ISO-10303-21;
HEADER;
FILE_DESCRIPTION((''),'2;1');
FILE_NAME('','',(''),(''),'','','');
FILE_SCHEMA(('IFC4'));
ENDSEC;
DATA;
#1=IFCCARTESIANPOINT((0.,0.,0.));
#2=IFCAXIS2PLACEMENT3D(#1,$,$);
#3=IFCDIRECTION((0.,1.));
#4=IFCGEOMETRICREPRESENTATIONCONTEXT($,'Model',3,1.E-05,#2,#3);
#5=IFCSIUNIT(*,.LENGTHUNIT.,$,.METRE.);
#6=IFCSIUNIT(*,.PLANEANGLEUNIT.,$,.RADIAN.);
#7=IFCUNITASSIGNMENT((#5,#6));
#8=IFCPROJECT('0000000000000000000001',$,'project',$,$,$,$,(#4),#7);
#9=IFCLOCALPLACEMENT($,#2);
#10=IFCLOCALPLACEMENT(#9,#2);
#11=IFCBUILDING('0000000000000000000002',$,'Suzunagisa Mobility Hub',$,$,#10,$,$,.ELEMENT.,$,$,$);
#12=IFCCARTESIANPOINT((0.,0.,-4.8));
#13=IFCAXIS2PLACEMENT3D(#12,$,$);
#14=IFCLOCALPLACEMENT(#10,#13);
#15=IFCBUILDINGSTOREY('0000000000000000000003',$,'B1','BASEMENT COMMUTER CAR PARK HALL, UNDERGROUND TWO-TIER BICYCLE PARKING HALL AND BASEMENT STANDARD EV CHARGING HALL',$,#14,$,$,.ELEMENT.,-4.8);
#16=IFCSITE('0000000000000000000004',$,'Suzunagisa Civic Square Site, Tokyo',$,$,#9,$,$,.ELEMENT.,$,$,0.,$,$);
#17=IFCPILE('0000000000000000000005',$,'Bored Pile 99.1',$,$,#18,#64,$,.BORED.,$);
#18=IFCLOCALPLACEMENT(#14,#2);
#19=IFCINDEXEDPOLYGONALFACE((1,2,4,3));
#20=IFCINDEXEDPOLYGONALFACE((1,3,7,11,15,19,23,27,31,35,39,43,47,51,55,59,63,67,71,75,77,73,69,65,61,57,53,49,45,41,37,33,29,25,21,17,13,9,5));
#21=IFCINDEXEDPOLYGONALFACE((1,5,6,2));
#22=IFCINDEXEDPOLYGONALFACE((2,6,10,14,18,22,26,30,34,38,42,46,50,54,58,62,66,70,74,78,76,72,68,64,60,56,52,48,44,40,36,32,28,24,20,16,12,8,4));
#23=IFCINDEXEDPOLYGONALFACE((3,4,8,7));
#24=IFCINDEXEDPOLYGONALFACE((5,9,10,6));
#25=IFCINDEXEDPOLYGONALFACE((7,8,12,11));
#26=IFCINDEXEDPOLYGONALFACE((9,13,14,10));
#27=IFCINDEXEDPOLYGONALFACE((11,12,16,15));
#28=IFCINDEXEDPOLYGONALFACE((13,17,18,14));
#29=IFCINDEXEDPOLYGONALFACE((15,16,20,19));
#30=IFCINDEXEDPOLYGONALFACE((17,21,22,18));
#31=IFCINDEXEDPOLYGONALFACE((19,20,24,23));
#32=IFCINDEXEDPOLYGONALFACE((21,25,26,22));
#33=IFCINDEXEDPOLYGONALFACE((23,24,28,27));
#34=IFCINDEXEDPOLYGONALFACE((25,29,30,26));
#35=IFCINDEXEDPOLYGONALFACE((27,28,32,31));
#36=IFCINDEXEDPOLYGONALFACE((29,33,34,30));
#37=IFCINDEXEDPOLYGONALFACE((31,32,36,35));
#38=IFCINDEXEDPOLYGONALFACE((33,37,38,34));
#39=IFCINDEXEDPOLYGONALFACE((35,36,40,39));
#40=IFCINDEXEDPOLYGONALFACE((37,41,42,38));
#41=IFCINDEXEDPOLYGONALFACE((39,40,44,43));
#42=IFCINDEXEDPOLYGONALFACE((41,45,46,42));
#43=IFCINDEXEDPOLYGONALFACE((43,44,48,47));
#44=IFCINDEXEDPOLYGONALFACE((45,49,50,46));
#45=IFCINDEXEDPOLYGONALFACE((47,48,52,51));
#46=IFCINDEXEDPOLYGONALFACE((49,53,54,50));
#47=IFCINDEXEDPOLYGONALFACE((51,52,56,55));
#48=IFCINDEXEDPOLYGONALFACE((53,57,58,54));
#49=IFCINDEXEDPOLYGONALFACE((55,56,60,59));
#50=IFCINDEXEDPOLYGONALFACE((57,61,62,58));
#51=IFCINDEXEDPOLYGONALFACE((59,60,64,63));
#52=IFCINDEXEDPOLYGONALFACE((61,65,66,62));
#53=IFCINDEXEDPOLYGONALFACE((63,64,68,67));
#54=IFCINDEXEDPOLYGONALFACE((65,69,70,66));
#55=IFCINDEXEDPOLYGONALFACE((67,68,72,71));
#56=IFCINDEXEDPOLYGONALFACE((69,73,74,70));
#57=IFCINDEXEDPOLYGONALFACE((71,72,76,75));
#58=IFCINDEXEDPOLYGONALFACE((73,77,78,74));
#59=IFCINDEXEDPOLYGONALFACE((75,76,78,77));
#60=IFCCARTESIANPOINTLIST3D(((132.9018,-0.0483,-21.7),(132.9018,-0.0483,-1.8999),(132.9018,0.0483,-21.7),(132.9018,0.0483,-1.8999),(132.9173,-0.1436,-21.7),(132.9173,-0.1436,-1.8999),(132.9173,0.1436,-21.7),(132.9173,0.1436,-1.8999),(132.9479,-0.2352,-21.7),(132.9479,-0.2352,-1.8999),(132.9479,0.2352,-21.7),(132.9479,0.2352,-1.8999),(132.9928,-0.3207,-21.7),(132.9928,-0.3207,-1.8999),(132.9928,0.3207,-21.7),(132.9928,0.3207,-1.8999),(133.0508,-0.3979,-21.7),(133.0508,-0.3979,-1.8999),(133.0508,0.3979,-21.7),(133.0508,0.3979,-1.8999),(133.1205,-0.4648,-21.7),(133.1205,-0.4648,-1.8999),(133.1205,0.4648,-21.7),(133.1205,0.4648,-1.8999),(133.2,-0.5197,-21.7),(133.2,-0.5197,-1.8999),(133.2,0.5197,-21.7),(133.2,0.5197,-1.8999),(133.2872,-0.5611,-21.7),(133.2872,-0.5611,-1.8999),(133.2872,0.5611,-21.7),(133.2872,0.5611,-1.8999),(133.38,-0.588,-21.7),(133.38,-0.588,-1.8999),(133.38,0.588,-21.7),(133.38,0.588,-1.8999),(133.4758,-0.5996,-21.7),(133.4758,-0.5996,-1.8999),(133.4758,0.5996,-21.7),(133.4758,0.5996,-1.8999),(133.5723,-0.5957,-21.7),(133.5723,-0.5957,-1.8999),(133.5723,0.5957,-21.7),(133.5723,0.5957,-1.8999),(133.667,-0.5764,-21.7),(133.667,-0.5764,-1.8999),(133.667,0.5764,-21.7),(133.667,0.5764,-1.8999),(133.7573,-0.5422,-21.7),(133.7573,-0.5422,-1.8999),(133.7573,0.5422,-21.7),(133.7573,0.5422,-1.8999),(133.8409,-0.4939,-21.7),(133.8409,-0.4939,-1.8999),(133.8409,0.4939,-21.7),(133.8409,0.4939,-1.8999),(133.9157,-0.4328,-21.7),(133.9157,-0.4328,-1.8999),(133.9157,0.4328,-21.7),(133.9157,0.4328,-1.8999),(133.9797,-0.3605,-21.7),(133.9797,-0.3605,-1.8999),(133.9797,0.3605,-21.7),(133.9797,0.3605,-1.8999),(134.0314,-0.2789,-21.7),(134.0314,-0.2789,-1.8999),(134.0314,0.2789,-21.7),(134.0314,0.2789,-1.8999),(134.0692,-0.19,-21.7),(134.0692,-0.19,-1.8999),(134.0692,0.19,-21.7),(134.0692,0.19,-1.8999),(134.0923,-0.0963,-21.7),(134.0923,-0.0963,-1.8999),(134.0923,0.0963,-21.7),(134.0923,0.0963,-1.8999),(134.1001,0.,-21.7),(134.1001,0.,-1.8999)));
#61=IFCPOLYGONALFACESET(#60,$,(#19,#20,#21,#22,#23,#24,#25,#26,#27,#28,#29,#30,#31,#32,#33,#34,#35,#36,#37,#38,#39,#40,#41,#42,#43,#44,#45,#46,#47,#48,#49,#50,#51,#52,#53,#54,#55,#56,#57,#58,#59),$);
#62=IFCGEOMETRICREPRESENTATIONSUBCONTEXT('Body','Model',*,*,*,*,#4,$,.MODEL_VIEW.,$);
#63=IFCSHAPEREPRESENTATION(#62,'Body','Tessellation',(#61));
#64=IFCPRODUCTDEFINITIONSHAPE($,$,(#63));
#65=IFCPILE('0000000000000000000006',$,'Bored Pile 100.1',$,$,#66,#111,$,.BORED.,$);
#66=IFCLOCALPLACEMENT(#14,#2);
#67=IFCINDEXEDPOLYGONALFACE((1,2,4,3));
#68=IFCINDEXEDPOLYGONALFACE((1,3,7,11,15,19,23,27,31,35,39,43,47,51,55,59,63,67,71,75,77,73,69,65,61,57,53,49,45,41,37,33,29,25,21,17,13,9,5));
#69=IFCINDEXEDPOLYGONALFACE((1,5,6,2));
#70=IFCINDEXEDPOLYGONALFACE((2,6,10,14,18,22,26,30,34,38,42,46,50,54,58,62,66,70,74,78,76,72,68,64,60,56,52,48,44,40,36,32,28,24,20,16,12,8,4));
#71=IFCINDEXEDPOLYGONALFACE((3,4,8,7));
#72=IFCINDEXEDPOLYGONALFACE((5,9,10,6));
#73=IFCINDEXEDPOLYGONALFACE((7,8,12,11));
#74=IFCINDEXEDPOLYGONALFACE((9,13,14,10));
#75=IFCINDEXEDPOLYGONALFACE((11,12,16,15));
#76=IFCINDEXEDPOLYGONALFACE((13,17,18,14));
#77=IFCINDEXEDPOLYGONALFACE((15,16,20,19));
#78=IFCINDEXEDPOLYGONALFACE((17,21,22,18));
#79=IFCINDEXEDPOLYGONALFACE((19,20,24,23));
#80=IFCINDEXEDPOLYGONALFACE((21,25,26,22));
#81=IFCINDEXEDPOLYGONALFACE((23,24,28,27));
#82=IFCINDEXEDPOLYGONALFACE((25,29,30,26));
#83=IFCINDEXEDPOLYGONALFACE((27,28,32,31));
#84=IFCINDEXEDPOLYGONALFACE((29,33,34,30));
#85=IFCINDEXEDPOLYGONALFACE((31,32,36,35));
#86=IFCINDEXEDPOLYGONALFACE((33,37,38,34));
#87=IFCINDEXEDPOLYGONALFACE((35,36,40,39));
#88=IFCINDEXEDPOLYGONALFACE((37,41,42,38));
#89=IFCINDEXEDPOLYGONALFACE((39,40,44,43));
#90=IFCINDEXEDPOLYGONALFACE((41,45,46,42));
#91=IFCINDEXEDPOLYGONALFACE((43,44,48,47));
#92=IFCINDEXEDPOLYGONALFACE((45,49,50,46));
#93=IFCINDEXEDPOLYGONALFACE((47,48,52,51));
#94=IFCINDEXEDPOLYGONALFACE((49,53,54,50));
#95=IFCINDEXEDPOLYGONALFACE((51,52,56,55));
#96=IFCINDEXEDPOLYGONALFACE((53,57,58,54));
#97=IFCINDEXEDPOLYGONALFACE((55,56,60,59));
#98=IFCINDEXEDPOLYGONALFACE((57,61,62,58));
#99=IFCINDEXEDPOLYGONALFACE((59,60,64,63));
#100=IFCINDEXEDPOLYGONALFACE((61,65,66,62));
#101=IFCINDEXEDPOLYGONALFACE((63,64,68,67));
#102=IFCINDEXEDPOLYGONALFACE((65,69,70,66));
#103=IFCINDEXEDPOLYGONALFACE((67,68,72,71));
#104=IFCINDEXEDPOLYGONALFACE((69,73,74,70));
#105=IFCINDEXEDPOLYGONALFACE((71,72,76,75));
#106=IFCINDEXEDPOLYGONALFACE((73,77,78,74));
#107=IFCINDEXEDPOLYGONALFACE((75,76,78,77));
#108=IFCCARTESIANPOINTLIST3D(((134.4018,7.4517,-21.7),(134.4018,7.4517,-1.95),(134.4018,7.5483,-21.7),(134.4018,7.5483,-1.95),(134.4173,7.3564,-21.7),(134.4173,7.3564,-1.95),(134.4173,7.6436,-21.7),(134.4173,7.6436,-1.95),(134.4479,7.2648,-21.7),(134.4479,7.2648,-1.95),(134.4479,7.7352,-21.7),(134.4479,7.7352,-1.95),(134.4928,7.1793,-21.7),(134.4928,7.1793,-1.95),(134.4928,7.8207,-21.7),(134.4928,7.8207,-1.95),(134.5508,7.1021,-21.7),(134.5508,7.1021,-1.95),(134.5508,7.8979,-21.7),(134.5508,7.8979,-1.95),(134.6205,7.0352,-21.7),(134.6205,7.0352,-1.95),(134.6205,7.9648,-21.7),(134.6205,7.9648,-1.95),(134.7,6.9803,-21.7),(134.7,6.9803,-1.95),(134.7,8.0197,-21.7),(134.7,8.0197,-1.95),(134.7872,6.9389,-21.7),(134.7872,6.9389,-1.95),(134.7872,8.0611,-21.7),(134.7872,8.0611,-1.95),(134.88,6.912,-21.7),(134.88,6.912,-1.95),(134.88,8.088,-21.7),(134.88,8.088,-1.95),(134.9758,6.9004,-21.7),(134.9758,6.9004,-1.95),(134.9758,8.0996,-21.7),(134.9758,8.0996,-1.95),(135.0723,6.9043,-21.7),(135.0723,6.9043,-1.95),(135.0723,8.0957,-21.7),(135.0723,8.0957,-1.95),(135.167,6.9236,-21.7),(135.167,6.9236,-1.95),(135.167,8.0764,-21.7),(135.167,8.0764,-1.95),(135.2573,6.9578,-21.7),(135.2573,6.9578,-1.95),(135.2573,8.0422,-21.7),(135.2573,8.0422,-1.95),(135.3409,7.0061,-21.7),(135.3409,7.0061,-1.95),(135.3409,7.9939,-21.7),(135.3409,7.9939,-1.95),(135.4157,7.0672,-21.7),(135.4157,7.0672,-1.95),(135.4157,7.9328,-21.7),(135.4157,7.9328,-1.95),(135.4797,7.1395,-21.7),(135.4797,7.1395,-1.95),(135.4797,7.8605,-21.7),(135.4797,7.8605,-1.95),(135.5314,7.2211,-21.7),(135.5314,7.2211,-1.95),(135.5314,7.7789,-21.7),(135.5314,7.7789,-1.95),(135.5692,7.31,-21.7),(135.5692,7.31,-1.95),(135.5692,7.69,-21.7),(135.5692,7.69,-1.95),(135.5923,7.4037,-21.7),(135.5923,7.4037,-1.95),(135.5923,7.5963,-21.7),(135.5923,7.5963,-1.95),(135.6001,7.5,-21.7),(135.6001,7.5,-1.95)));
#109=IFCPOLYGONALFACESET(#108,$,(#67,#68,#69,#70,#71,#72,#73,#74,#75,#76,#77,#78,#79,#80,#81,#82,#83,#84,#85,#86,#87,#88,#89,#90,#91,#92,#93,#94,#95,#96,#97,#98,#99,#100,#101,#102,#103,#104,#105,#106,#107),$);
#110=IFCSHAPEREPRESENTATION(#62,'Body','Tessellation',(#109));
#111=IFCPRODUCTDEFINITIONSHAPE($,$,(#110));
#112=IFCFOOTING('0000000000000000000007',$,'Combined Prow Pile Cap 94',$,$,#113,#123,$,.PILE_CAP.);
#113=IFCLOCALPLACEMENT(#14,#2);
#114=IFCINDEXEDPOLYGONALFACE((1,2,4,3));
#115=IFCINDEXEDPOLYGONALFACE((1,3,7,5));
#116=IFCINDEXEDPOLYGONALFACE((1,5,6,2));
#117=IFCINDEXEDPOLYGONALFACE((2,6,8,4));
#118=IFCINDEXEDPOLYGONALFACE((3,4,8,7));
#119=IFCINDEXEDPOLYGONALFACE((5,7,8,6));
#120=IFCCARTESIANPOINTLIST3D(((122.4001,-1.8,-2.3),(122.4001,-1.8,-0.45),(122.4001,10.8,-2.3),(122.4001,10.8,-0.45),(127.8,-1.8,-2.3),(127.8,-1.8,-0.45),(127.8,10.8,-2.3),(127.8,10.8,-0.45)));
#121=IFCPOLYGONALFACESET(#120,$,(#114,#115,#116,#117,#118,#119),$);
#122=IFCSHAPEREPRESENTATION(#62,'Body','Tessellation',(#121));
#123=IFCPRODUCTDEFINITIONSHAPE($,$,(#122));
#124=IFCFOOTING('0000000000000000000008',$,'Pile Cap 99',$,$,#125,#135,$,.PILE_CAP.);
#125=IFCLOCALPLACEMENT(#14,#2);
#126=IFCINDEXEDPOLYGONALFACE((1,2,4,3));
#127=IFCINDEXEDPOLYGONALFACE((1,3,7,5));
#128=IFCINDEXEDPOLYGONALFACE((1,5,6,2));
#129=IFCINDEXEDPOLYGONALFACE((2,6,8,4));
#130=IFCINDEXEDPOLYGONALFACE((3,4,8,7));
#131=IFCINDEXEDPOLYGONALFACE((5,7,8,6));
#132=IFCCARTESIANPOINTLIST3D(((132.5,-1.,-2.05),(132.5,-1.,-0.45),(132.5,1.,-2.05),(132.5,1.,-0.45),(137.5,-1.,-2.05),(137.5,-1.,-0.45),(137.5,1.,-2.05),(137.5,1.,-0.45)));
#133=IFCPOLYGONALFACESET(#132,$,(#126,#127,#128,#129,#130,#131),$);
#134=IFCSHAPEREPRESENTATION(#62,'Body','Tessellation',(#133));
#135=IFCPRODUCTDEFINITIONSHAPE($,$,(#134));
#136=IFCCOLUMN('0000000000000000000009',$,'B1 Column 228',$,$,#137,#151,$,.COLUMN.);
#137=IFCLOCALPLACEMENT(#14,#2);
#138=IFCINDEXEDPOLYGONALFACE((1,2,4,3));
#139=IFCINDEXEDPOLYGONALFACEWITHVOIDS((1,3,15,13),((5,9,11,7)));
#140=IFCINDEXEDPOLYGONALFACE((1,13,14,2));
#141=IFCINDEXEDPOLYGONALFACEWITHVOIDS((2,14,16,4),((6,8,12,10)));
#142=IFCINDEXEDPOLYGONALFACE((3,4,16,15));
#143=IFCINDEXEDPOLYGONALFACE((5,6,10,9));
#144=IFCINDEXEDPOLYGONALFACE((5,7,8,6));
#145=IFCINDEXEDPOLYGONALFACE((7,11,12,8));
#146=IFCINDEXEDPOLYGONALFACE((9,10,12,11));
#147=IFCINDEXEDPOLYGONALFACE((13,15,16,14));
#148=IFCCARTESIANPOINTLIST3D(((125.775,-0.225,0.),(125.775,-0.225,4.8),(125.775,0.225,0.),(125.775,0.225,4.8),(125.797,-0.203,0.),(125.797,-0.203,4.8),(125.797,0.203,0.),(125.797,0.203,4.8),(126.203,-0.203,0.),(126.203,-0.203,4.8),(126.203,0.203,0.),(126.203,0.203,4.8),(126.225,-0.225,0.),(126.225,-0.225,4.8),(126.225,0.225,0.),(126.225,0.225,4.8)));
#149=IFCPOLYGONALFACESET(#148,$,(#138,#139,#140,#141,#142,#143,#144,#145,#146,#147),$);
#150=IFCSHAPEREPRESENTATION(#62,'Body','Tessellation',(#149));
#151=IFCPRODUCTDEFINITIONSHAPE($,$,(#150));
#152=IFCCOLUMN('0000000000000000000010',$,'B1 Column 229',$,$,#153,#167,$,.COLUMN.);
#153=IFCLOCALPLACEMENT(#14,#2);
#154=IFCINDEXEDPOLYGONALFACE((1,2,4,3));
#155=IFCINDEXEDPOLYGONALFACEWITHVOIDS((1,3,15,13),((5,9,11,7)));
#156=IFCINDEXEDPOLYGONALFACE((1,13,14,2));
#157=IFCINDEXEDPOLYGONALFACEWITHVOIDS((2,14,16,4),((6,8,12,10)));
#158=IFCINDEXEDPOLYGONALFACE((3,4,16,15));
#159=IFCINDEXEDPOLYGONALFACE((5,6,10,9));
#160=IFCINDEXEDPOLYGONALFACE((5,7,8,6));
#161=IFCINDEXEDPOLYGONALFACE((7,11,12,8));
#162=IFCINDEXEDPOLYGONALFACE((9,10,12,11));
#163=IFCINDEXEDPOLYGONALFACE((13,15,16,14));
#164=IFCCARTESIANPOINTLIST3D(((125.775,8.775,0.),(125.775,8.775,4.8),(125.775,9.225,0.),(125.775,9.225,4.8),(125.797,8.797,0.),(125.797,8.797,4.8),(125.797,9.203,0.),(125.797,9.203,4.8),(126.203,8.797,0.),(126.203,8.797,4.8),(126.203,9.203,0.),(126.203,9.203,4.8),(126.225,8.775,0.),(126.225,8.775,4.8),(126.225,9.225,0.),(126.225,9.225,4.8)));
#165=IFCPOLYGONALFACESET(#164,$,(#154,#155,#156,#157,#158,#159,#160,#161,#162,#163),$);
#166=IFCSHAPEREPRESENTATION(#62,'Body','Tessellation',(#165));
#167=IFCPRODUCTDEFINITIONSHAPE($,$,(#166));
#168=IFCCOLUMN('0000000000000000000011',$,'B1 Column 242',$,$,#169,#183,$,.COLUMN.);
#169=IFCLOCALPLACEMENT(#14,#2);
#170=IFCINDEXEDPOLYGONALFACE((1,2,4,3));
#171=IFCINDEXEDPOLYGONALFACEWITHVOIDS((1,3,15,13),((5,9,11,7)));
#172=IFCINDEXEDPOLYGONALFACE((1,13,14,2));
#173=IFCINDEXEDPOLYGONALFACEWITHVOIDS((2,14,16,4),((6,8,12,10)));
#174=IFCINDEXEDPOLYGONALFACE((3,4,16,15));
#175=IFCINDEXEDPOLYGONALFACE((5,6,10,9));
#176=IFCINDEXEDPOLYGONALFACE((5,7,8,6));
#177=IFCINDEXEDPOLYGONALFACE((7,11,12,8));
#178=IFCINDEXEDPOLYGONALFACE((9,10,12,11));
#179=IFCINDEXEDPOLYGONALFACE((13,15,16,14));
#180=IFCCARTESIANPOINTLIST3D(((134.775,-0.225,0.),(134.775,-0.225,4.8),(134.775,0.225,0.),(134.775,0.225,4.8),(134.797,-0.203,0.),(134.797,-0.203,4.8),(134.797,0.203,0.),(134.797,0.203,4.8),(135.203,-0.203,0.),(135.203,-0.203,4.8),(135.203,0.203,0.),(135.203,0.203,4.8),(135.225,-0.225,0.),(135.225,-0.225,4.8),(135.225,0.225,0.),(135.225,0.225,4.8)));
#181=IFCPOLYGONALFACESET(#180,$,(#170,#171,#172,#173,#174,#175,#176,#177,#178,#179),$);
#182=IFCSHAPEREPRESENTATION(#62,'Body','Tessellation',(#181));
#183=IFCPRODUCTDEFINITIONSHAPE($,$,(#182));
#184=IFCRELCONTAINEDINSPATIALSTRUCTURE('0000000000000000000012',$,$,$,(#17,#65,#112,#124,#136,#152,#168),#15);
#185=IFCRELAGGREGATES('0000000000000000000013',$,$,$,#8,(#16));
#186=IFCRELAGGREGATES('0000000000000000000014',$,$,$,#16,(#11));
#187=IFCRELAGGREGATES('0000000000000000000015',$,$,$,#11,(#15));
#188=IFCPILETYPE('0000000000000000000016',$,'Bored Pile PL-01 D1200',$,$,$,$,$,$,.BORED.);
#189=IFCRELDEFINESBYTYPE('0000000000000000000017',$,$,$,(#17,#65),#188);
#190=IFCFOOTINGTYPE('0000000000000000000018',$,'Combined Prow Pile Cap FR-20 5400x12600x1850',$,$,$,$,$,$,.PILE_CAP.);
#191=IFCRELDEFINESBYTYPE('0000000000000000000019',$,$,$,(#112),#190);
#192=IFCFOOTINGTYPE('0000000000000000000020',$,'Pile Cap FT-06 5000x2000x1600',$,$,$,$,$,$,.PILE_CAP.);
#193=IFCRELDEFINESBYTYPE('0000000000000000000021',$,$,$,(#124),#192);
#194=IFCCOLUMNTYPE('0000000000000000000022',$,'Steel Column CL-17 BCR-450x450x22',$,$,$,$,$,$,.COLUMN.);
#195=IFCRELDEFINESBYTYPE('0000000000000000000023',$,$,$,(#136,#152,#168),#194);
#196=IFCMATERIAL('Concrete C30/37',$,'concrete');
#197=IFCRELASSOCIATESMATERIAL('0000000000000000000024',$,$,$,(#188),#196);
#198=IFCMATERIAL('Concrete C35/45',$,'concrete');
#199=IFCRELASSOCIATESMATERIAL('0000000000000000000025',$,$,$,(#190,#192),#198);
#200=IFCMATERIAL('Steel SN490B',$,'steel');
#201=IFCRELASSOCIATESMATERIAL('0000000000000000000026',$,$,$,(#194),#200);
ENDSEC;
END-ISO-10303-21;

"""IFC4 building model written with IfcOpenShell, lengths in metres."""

from ifc_helpers import new_model, si_unit, direction, frame, origin, origin_2d, place, context, subcontext, project, spatial, rectangle, hollow_rectangle, circle, extrude, material, material_profile, profile_set, type_object, element, save


model = new_model("IFC4")

# Units and contexts
model_context = context("Model", 3, precision=1e-05, world=origin(), true_north=direction((0.0, 1.0)))
body_context = subcontext(model_context, "Body", "Model", "MODEL_VIEW")
ifc_project = project(units=[si_unit("LENGTHUNIT", "METRE"), si_unit("PLANEANGLEUNIT", "RADIAN")], contexts=[model_context])

# Site, building, storey
site_placement = place(None, origin())
site = spatial("IfcSite", under=ifc_project, at=site_placement, Name="Suzunagisa Civic Square Site, Tokyo", CompositionType="ELEMENT", RefElevation=0.0)
building_placement = place(site_placement, origin())
building = spatial("IfcBuilding", under=site, at=building_placement, Name="Suzunagisa Mobility Hub", CompositionType="ELEMENT")
storey_placement = place(building_placement, frame((0.0, 0.0, -4.8)))
storey = spatial("IfcBuildingStorey", under=building, at=storey_placement, Name="B1", Description="BASEMENT COMMUTER CAR PARK HALL, UNDERGROUND TWO-TIER BICYCLE PARKING HALL AND BASEMENT STANDARD EV CHARGING HALL", CompositionType="ELEMENT", Elevation=-4.8)

# Piles
ifc_material_1 = material(Name="Concrete C30/37", Category="concrete")
ifc_material_profile_1 = material_profile(ifc_material_1, circle(Radius=0.6001, at=origin_2d()), Name="BORED PILE D1200")
ifc_profile_set_1 = profile_set([ifc_material_profile_1], Name="Concrete C30/37")
pile_type = type_object("IfcPileType", Name="Bored Pile PL-01 D1200", PredefinedType="BORED", material=ifc_profile_set_1)
pile_1_placement = place(storey_placement, frame((133.5, 0.0, -1.8999), z_axis=(0.0, 0.0, -1.0), x_axis=(1.0, 0.0, 0.0)))
element("IfcPile", 1, at=pile_1_placement, inside=storey, type_object=pile_type, Name="Bored Pile 99.1", PredefinedType="BORED", context=body_context, shape_type="SweptSolid", body=[
    extrude(circle(Radius=0.6001, at=origin_2d()), origin(), (0.0, 0.0, 1.0), 19.8),
])
pile_2_placement = place(storey_placement, frame((135.0, 7.5, -1.95), z_axis=(0.0, 0.0, -1.0), x_axis=(1.0, 0.0, 0.0)))
element("IfcPile", 2, at=pile_2_placement, inside=storey, type_object=pile_type, Name="Bored Pile 100.1", PredefinedType="BORED", context=body_context, shape_type="SweptSolid", body=[
    extrude(circle(Radius=0.6001, at=origin_2d()), origin(), (0.0, 0.0, 1.0), 19.75),
])

# Footings
ifc_material_2 = material(Name="Concrete C35/45", Category="concrete")
footing_type_1 = type_object("IfcFootingType", Name="Combined Prow Pile Cap FR-20 5400x12600x1850", PredefinedType="PILE_CAP", material=ifc_material_2)
footing_1_placement = place(storey_placement, frame((125.1001, 4.5, -2.3), z_axis=(0.0, 0.0, 1.0), x_axis=(1.0, 0.0, 0.0)))
element("IfcFooting", 3, at=footing_1_placement, inside=storey, type_object=footing_type_1, Name="Combined Prow Pile Cap 94", PredefinedType="PILE_CAP", context=body_context, shape_type="SweptSolid", body=[
    extrude(rectangle(XDim=5.3999, YDim=12.6001, at=origin_2d()), origin(), (0.0, 0.0, 1.0), 1.8501),
])
footing_type_2 = type_object("IfcFootingType", Name="Pile Cap FT-06 5000x2000x1600", PredefinedType="PILE_CAP", material=ifc_material_2)
footing_2_placement = place(storey_placement, frame((135.0, 0.0, -2.05), z_axis=(0.0, 0.0, 1.0), x_axis=(1.0, 0.0, 0.0)))
element("IfcFooting", 4, at=footing_2_placement, inside=storey, type_object=footing_type_2, Name="Pile Cap 99", PredefinedType="PILE_CAP", context=body_context, shape_type="SweptSolid", body=[
    extrude(rectangle(XDim=5.0, YDim=2.0, at=origin_2d()), origin(), (0.0, 0.0, 1.0), 1.6001),
])

# Columns
ifc_material_3 = material(Name="Steel SN490B", Category="steel")
ifc_material_profile_2 = material_profile(ifc_material_3, hollow_rectangle(XDim=0.45, YDim=0.45, WallThickness=0.022, at=origin_2d()), Name="BCR-450x450x22")
ifc_profile_set_2 = profile_set([ifc_material_profile_2], Name="Steel SN490B")
column_type = type_object("IfcColumnType", Name="Steel Column CL-17 BCR-450x450x22", PredefinedType="COLUMN", material=ifc_profile_set_2)
for number, where, z_axis, x_axis, name in (
    (5, (126.0, 0.0, 0.0), (0.0, 0.0, 1.0), (1.0, 0.0, 0.0), "B1 Column 228"),
    (6, (126.0, 9.0, 0.0), (0.0, 0.0, 1.0), (1.0, 0.0, 0.0), "B1 Column 229"),
    (7, (135.0, 0.0, 0.0), (0.0, 0.0, 1.0), (1.0, 0.0, 0.0), "B1 Column 242"),
):
    element("IfcColumn", number, at=place(storey_placement, frame(where, z_axis=z_axis, x_axis=x_axis)), inside=storey, type_object=column_type, Name=name, PredefinedType="COLUMN", context=body_context, shape_type="SweptSolid", body=[
        extrude(hollow_rectangle(XDim=0.45, YDim=0.45, WallThickness=0.022, at=origin_2d()), origin(), (0.0, 0.0, 1.0), 4.8),
    ])

save(model, "model.ifc")
